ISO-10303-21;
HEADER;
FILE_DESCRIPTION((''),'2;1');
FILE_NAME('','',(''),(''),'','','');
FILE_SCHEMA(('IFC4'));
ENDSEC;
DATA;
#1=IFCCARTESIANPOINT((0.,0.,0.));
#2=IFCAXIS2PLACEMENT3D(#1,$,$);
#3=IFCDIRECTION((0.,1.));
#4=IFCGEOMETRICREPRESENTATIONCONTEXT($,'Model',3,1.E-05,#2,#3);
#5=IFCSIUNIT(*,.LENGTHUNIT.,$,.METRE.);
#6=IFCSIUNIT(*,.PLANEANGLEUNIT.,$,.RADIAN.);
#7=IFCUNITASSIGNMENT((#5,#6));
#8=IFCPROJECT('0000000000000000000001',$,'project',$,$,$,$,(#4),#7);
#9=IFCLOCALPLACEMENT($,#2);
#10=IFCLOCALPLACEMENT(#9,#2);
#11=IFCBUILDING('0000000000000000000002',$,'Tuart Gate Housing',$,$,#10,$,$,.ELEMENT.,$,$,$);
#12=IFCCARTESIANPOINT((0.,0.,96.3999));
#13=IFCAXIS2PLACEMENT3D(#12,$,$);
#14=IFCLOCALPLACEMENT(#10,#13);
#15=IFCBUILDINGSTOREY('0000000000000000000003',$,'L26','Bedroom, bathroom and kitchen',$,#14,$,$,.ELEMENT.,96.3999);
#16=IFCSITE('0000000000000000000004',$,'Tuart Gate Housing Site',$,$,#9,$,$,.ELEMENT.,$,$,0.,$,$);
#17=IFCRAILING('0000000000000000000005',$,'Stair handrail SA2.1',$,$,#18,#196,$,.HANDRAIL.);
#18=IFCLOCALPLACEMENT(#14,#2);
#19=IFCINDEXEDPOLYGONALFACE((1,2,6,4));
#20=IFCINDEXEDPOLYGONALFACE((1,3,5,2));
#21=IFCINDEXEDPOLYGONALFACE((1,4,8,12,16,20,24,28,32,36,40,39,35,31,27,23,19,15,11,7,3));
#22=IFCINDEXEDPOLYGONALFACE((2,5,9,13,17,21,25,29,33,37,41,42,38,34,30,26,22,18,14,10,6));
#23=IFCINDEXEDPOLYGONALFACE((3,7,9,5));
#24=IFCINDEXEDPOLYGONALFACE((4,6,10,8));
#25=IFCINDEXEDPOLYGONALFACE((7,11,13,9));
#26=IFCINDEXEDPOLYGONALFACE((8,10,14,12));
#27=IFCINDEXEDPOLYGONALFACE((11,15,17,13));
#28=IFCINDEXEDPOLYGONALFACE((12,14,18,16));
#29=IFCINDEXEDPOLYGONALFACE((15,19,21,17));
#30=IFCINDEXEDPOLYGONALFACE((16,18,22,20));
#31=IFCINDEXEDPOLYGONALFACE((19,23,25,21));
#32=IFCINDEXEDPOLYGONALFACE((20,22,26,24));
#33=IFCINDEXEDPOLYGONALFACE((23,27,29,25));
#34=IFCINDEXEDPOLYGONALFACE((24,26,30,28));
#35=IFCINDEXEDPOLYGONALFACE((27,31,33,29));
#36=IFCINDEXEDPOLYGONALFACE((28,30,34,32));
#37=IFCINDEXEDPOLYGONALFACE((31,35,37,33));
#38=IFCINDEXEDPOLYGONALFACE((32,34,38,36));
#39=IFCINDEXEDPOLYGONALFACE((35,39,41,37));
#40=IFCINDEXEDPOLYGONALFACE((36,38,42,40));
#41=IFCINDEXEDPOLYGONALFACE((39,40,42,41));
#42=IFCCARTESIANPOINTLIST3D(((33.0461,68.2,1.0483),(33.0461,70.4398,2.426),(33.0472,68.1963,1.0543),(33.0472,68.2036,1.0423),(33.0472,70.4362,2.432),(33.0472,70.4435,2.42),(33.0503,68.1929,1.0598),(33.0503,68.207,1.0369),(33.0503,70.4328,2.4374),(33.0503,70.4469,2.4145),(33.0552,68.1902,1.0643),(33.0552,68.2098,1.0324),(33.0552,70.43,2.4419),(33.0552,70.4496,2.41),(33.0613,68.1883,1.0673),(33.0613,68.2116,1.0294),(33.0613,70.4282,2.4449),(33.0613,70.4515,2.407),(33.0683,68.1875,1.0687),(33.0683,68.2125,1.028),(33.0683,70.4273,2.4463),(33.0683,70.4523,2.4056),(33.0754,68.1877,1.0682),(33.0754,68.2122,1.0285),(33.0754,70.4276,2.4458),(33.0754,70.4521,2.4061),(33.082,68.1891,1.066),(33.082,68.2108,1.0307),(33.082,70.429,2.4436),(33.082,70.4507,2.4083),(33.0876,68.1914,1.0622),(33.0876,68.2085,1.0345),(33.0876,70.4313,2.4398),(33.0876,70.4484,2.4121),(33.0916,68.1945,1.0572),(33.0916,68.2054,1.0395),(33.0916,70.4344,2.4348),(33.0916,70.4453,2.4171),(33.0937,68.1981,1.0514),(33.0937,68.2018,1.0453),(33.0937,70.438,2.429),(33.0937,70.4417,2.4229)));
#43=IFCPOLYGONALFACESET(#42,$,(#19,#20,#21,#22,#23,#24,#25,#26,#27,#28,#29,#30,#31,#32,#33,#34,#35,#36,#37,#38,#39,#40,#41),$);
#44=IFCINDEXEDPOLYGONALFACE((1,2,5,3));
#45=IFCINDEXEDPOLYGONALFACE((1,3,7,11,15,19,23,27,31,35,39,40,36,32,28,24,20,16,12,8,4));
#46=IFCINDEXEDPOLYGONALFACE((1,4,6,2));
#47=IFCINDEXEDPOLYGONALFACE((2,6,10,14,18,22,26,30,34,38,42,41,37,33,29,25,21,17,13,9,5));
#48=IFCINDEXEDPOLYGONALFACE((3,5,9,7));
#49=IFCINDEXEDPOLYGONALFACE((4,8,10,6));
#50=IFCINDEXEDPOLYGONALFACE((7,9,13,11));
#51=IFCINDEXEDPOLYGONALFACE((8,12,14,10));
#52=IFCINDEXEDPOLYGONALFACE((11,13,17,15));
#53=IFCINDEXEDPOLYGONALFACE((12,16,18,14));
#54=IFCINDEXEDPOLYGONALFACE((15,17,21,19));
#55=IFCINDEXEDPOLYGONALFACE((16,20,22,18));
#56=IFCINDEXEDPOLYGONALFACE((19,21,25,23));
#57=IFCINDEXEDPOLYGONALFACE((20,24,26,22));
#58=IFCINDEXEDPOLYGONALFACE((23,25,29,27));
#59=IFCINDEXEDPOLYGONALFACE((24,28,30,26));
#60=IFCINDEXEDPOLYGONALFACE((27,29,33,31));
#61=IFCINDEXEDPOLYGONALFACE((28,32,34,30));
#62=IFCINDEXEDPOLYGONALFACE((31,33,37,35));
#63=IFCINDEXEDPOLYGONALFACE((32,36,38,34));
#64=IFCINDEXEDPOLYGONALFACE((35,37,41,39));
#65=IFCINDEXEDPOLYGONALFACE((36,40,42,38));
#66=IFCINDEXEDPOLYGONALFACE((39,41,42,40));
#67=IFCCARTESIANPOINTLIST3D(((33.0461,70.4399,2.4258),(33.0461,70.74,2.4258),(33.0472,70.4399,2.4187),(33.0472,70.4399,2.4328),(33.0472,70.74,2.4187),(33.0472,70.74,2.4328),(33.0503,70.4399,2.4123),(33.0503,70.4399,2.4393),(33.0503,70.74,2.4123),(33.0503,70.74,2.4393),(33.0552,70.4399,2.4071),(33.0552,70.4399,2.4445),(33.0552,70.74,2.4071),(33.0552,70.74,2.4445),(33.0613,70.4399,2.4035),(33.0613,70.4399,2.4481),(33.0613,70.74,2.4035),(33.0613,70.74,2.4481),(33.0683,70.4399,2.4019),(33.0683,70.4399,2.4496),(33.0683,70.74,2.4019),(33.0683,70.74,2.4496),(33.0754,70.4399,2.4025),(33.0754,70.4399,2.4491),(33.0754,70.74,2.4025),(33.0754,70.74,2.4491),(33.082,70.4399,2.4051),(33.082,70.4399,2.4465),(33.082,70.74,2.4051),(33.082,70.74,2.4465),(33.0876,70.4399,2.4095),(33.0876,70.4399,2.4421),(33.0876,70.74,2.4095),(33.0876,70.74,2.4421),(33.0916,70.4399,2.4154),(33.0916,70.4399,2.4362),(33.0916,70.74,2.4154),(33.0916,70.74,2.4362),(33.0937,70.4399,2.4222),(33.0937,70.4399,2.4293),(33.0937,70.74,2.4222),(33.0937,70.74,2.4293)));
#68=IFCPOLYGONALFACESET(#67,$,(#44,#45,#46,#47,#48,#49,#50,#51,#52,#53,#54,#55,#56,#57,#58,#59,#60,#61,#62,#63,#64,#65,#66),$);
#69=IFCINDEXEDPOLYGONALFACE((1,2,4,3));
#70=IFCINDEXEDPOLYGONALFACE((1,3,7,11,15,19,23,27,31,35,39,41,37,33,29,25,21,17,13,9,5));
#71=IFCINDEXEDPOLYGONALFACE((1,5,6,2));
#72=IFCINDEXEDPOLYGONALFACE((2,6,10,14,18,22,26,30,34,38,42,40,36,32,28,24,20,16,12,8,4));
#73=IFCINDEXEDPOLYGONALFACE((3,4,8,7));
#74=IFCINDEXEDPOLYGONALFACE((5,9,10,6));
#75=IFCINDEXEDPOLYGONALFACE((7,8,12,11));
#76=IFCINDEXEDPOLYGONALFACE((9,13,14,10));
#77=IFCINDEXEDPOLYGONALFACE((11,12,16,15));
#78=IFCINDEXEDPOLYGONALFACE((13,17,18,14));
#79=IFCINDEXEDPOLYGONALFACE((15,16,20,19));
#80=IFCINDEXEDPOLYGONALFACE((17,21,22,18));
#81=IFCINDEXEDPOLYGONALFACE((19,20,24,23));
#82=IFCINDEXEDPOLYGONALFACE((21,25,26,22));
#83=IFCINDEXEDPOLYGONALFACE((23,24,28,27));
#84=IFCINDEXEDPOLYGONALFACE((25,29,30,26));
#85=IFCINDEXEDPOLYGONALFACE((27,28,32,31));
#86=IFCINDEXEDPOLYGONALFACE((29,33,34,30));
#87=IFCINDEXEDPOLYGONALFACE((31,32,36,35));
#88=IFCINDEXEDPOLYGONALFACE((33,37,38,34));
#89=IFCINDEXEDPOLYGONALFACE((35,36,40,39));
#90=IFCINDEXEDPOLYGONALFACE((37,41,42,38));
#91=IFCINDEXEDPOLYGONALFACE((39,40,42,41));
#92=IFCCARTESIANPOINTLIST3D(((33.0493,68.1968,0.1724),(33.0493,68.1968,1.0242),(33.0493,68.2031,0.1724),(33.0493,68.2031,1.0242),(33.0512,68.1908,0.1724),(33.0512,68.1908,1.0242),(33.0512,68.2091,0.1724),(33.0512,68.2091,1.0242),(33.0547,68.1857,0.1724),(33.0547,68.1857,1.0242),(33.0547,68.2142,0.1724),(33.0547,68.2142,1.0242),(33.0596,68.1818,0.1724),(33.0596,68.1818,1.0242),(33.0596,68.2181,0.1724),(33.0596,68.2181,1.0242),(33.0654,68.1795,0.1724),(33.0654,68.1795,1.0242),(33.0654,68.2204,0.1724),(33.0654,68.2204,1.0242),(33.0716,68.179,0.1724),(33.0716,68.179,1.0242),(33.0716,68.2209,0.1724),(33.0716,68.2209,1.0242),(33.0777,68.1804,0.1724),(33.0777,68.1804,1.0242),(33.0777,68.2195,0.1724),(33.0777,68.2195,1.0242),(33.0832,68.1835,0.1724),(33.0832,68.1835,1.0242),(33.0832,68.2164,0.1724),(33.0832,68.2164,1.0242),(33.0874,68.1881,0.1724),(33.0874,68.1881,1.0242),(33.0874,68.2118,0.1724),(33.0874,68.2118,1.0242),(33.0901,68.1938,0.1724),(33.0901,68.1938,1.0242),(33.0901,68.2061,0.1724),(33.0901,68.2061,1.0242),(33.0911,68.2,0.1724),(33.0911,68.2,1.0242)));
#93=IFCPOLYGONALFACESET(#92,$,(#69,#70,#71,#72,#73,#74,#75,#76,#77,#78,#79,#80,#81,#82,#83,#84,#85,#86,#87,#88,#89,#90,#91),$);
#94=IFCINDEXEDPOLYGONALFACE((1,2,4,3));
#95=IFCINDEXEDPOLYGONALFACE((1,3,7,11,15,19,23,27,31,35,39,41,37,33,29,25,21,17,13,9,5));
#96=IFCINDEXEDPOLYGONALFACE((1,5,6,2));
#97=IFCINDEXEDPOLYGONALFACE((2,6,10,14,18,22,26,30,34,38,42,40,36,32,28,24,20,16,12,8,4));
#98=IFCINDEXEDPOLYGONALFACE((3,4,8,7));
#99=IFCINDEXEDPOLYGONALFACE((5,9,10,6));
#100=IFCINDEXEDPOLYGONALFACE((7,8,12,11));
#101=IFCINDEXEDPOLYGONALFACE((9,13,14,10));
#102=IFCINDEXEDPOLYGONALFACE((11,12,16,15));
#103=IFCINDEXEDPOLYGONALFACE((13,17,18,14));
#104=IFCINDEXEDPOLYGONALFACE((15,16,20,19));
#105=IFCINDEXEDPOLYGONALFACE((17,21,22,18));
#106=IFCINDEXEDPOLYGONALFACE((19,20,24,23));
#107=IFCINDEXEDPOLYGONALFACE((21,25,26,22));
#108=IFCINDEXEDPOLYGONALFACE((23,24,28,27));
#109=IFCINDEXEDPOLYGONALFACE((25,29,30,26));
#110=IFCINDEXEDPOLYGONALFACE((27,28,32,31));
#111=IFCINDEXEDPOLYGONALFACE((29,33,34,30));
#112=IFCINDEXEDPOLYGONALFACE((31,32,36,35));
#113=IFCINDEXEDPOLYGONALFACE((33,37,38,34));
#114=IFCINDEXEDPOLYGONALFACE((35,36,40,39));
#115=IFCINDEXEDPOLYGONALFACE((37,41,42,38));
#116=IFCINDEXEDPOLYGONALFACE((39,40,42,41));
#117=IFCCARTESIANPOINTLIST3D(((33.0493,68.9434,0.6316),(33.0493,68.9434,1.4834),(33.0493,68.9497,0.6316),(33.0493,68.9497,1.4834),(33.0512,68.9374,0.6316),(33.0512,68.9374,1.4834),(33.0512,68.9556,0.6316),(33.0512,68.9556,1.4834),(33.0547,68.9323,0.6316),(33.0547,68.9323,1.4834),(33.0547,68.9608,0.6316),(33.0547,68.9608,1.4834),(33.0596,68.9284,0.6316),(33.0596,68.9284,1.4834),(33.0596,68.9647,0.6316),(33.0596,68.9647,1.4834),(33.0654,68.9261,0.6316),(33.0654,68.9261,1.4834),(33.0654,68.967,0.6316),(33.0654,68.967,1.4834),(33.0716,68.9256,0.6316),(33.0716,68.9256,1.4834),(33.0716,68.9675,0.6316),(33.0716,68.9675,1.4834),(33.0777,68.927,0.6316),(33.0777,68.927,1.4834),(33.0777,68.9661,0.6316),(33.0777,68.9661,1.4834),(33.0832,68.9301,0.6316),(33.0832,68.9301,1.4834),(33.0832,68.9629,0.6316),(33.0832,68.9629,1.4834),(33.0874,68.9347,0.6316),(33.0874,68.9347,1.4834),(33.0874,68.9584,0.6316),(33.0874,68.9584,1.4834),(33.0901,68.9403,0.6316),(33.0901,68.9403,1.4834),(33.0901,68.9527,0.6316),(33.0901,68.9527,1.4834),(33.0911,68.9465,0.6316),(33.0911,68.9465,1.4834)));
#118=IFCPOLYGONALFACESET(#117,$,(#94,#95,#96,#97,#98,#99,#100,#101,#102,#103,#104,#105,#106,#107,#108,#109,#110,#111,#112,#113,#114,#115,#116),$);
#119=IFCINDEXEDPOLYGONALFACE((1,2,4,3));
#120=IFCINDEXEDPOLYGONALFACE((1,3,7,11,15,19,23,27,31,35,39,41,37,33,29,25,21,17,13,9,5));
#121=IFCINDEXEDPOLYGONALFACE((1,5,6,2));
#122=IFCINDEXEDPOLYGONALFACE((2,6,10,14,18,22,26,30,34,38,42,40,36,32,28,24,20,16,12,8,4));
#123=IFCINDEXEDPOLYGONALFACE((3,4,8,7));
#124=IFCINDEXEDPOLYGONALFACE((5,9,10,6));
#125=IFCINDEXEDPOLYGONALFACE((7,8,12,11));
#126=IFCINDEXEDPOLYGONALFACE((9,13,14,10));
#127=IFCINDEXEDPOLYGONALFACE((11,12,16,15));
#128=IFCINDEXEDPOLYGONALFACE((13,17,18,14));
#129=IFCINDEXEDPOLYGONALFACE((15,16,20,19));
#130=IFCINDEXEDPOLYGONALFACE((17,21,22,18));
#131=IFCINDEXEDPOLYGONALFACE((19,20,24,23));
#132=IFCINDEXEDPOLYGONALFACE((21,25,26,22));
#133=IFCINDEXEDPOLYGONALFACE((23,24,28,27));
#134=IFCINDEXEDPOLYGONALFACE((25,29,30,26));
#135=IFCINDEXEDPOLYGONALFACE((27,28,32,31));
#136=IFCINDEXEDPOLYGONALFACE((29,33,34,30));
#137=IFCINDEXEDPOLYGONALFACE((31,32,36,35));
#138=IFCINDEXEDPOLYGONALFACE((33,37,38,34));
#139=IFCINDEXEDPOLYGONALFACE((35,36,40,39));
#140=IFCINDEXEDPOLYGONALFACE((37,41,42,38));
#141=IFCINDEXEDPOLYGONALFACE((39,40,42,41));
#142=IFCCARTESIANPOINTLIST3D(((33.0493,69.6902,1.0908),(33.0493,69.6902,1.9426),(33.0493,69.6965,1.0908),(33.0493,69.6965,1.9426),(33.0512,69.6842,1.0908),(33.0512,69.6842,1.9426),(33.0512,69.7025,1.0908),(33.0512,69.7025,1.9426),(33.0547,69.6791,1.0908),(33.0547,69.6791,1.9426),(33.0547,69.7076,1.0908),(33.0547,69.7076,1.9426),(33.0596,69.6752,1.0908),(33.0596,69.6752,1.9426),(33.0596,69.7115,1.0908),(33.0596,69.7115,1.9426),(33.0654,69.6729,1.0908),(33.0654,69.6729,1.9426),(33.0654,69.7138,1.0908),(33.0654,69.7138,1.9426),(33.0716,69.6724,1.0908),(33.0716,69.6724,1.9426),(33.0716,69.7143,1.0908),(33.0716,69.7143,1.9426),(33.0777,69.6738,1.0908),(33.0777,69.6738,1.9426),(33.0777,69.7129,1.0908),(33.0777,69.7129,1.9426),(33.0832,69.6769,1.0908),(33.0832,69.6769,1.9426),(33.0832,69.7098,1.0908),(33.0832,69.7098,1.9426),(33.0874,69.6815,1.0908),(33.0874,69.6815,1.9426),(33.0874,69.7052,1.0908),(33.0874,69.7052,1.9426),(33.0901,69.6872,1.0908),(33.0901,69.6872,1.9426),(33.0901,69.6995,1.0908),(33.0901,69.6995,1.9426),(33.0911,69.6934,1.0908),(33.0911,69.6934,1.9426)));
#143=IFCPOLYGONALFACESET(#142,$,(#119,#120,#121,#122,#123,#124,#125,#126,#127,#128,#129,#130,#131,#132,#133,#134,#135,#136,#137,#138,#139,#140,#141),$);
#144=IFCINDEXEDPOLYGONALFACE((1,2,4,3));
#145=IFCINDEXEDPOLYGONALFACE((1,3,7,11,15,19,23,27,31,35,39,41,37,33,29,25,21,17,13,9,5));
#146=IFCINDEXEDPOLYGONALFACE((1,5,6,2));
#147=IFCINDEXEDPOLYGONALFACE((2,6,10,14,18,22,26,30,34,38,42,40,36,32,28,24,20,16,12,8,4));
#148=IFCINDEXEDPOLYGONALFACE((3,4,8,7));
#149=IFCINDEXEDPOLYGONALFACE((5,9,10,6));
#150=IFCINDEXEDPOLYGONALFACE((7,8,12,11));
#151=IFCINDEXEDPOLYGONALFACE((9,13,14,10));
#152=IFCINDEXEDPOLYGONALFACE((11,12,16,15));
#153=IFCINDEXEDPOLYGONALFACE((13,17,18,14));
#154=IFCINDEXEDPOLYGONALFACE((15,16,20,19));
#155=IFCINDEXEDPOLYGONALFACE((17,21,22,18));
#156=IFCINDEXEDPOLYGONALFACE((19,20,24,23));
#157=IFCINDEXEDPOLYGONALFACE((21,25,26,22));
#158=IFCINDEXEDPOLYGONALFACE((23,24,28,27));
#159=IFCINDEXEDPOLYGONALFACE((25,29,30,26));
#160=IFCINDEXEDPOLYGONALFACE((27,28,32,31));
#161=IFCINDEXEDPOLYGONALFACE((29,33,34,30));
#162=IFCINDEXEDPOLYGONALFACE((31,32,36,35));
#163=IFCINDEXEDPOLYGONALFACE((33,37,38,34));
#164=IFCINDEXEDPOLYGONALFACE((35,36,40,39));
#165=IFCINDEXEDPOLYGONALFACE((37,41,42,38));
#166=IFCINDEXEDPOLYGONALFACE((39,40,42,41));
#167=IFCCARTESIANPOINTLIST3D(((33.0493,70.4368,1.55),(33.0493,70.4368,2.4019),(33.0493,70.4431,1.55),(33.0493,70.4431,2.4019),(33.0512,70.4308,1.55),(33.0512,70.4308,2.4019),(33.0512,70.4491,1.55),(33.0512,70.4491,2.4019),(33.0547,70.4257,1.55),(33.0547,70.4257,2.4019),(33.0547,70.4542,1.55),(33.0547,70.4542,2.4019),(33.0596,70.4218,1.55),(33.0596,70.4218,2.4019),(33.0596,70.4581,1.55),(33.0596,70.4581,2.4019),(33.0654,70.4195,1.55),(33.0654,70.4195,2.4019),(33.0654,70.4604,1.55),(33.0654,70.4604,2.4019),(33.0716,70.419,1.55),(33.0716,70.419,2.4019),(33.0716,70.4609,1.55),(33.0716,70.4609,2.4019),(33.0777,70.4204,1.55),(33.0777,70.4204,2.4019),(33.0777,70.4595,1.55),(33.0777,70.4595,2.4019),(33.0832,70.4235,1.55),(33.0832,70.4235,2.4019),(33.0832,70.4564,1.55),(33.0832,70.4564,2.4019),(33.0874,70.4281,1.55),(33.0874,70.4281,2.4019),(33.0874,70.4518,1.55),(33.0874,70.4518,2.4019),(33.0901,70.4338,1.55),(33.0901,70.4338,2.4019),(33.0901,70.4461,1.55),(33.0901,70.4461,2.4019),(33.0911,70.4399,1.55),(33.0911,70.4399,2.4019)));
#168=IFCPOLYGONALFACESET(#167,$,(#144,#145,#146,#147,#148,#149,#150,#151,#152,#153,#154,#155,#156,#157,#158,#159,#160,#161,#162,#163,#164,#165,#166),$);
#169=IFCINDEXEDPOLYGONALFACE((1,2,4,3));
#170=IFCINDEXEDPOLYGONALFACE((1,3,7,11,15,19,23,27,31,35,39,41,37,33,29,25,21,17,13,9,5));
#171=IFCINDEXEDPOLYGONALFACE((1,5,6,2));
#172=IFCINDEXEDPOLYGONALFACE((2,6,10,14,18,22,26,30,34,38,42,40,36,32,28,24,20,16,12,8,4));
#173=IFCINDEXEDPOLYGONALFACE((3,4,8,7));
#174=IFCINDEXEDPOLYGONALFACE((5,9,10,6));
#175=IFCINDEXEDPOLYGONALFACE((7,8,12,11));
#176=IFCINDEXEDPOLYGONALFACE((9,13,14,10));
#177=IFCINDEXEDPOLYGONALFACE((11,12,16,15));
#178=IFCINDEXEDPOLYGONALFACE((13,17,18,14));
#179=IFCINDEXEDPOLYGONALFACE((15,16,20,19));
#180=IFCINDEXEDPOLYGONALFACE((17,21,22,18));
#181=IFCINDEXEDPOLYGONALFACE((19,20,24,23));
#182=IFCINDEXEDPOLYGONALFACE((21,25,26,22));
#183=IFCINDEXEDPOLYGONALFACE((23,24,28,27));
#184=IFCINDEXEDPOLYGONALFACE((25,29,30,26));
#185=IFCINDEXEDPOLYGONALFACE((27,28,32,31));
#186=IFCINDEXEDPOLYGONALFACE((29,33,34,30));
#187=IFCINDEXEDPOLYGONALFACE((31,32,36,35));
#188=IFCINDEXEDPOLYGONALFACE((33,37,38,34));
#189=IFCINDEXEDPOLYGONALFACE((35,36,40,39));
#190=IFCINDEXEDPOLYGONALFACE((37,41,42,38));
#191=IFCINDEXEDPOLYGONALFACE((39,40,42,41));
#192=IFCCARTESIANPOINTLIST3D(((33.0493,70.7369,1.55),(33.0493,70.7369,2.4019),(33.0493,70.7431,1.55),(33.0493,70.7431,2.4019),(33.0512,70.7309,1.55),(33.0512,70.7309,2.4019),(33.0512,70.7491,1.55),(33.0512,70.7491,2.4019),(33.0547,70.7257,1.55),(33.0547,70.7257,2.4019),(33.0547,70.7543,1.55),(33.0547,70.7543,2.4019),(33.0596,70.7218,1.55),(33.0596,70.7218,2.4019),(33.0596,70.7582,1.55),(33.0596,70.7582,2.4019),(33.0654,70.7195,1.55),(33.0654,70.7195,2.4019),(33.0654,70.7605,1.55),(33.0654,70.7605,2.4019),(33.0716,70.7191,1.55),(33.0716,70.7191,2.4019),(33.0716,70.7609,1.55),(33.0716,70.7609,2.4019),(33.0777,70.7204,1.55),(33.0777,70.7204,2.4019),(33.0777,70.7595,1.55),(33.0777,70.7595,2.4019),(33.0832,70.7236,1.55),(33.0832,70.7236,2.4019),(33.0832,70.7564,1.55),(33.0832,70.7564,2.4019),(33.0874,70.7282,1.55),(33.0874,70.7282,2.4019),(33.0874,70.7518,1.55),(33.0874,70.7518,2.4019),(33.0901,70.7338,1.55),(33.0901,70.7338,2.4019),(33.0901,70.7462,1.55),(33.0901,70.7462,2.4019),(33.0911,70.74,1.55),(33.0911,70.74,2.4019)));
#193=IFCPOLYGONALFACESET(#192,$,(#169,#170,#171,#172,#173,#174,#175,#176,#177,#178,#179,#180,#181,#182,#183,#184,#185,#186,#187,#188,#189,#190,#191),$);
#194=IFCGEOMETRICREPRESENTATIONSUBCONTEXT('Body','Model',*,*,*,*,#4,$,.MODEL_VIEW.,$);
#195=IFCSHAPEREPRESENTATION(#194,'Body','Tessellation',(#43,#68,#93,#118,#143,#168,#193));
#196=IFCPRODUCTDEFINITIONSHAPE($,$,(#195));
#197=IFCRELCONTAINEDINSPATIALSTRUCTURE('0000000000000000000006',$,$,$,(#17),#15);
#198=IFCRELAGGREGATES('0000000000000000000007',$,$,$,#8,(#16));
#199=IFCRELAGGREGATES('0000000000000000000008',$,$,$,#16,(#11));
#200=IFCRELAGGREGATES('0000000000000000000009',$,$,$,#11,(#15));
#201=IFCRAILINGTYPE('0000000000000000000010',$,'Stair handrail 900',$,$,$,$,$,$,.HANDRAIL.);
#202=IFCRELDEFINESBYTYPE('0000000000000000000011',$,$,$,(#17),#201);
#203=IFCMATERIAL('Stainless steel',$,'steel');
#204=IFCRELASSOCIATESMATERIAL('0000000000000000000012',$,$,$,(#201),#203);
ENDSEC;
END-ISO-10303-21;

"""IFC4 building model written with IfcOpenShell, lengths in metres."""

from ifc_helpers import new_model, si_unit, direction, frame, origin, origin_2d, place, context, subcontext, project, spatial, circle, extrude, material, type_object, element, save


model = new_model("IFC4")

# Units and contexts
model_context = context("Model", 3, precision=1e-05, world=origin(), true_north=direction((0.0, 1.0)))
body_context = subcontext(model_context, "Body", "Model", "MODEL_VIEW")
ifc_project = project(units=[si_unit("LENGTHUNIT", "METRE"), si_unit("PLANEANGLEUNIT", "RADIAN")], contexts=[model_context])

# Site, building, storey
site_placement = place(None, origin())
site = spatial("IfcSite", under=ifc_project, at=site_placement, Name="Tuart Gate Housing Site", CompositionType="ELEMENT", RefElevation=0.0)
building_placement = place(site_placement, origin())
building = spatial("IfcBuilding", under=site, at=building_placement, Name="Tuart Gate Housing", CompositionType="ELEMENT")
storey_placement = place(building_placement, frame((0.0, 0.0, 96.3999)))
storey = spatial("IfcBuildingStorey", under=building, at=storey_placement, Name="L26", Description="Bedroom, bathroom and kitchen", CompositionType="ELEMENT", Elevation=96.3999)

# Railing
ifc_material_1 = material(Name="Stainless steel", Category="steel")
railing_type = type_object("IfcRailingType", Name="Stair handrail 900", PredefinedType="HANDRAIL", material=ifc_material_1)
railing_placement = place(storey_placement, frame((33.0701, 68.2, 0.1724)))
element("IfcRailing", 1, at=railing_placement, inside=storey, type_object=railing_type, Name="Stair handrail SA2.1", PredefinedType="HANDRAIL", context=body_context, shape_type="SweptSolid", body=[
    extrude(circle(Radius=0.0239, at=origin_2d()), frame((0.0, 0.0, 0.876), z_axis=(0.0, 0.851789, 0.523885), x_axis=(-1.0, 0.0, 0.0)), (0.0, 0.0, 1.0), 2.6296),
    extrude(circle(Radius=0.0239, at=origin_2d()), frame((0.0, 2.24, 2.2534), z_axis=(0.0, 1.0, 0.0), x_axis=(-1.0, 0.0, 0.0)), (0.0, 0.0, 1.0), 0.3),
    extrude(circle(Radius=0.021, at=origin_2d()), origin(), (0.0, 0.0, 1.0), 0.8518),
    extrude(circle(Radius=0.021, at=origin_2d()), frame((0.0, 0.7466, 0.4592)), (0.0, 0.0, 1.0), 0.8518),
    extrude(circle(Radius=0.021, at=origin_2d()), frame((0.0, 1.4934, 0.9185)), (0.0, 0.0, 1.0), 0.8518),
    extrude(circle(Radius=0.021, at=origin_2d()), frame((0.0, 2.24, 1.3777)), (0.0, 0.0, 1.0), 0.8518),
    extrude(circle(Radius=0.021, at=origin_2d()), frame((0.0, 2.54, 1.3777)), (0.0, 0.0, 1.0), 0.8518),
])

save(model, "model.ifc")
